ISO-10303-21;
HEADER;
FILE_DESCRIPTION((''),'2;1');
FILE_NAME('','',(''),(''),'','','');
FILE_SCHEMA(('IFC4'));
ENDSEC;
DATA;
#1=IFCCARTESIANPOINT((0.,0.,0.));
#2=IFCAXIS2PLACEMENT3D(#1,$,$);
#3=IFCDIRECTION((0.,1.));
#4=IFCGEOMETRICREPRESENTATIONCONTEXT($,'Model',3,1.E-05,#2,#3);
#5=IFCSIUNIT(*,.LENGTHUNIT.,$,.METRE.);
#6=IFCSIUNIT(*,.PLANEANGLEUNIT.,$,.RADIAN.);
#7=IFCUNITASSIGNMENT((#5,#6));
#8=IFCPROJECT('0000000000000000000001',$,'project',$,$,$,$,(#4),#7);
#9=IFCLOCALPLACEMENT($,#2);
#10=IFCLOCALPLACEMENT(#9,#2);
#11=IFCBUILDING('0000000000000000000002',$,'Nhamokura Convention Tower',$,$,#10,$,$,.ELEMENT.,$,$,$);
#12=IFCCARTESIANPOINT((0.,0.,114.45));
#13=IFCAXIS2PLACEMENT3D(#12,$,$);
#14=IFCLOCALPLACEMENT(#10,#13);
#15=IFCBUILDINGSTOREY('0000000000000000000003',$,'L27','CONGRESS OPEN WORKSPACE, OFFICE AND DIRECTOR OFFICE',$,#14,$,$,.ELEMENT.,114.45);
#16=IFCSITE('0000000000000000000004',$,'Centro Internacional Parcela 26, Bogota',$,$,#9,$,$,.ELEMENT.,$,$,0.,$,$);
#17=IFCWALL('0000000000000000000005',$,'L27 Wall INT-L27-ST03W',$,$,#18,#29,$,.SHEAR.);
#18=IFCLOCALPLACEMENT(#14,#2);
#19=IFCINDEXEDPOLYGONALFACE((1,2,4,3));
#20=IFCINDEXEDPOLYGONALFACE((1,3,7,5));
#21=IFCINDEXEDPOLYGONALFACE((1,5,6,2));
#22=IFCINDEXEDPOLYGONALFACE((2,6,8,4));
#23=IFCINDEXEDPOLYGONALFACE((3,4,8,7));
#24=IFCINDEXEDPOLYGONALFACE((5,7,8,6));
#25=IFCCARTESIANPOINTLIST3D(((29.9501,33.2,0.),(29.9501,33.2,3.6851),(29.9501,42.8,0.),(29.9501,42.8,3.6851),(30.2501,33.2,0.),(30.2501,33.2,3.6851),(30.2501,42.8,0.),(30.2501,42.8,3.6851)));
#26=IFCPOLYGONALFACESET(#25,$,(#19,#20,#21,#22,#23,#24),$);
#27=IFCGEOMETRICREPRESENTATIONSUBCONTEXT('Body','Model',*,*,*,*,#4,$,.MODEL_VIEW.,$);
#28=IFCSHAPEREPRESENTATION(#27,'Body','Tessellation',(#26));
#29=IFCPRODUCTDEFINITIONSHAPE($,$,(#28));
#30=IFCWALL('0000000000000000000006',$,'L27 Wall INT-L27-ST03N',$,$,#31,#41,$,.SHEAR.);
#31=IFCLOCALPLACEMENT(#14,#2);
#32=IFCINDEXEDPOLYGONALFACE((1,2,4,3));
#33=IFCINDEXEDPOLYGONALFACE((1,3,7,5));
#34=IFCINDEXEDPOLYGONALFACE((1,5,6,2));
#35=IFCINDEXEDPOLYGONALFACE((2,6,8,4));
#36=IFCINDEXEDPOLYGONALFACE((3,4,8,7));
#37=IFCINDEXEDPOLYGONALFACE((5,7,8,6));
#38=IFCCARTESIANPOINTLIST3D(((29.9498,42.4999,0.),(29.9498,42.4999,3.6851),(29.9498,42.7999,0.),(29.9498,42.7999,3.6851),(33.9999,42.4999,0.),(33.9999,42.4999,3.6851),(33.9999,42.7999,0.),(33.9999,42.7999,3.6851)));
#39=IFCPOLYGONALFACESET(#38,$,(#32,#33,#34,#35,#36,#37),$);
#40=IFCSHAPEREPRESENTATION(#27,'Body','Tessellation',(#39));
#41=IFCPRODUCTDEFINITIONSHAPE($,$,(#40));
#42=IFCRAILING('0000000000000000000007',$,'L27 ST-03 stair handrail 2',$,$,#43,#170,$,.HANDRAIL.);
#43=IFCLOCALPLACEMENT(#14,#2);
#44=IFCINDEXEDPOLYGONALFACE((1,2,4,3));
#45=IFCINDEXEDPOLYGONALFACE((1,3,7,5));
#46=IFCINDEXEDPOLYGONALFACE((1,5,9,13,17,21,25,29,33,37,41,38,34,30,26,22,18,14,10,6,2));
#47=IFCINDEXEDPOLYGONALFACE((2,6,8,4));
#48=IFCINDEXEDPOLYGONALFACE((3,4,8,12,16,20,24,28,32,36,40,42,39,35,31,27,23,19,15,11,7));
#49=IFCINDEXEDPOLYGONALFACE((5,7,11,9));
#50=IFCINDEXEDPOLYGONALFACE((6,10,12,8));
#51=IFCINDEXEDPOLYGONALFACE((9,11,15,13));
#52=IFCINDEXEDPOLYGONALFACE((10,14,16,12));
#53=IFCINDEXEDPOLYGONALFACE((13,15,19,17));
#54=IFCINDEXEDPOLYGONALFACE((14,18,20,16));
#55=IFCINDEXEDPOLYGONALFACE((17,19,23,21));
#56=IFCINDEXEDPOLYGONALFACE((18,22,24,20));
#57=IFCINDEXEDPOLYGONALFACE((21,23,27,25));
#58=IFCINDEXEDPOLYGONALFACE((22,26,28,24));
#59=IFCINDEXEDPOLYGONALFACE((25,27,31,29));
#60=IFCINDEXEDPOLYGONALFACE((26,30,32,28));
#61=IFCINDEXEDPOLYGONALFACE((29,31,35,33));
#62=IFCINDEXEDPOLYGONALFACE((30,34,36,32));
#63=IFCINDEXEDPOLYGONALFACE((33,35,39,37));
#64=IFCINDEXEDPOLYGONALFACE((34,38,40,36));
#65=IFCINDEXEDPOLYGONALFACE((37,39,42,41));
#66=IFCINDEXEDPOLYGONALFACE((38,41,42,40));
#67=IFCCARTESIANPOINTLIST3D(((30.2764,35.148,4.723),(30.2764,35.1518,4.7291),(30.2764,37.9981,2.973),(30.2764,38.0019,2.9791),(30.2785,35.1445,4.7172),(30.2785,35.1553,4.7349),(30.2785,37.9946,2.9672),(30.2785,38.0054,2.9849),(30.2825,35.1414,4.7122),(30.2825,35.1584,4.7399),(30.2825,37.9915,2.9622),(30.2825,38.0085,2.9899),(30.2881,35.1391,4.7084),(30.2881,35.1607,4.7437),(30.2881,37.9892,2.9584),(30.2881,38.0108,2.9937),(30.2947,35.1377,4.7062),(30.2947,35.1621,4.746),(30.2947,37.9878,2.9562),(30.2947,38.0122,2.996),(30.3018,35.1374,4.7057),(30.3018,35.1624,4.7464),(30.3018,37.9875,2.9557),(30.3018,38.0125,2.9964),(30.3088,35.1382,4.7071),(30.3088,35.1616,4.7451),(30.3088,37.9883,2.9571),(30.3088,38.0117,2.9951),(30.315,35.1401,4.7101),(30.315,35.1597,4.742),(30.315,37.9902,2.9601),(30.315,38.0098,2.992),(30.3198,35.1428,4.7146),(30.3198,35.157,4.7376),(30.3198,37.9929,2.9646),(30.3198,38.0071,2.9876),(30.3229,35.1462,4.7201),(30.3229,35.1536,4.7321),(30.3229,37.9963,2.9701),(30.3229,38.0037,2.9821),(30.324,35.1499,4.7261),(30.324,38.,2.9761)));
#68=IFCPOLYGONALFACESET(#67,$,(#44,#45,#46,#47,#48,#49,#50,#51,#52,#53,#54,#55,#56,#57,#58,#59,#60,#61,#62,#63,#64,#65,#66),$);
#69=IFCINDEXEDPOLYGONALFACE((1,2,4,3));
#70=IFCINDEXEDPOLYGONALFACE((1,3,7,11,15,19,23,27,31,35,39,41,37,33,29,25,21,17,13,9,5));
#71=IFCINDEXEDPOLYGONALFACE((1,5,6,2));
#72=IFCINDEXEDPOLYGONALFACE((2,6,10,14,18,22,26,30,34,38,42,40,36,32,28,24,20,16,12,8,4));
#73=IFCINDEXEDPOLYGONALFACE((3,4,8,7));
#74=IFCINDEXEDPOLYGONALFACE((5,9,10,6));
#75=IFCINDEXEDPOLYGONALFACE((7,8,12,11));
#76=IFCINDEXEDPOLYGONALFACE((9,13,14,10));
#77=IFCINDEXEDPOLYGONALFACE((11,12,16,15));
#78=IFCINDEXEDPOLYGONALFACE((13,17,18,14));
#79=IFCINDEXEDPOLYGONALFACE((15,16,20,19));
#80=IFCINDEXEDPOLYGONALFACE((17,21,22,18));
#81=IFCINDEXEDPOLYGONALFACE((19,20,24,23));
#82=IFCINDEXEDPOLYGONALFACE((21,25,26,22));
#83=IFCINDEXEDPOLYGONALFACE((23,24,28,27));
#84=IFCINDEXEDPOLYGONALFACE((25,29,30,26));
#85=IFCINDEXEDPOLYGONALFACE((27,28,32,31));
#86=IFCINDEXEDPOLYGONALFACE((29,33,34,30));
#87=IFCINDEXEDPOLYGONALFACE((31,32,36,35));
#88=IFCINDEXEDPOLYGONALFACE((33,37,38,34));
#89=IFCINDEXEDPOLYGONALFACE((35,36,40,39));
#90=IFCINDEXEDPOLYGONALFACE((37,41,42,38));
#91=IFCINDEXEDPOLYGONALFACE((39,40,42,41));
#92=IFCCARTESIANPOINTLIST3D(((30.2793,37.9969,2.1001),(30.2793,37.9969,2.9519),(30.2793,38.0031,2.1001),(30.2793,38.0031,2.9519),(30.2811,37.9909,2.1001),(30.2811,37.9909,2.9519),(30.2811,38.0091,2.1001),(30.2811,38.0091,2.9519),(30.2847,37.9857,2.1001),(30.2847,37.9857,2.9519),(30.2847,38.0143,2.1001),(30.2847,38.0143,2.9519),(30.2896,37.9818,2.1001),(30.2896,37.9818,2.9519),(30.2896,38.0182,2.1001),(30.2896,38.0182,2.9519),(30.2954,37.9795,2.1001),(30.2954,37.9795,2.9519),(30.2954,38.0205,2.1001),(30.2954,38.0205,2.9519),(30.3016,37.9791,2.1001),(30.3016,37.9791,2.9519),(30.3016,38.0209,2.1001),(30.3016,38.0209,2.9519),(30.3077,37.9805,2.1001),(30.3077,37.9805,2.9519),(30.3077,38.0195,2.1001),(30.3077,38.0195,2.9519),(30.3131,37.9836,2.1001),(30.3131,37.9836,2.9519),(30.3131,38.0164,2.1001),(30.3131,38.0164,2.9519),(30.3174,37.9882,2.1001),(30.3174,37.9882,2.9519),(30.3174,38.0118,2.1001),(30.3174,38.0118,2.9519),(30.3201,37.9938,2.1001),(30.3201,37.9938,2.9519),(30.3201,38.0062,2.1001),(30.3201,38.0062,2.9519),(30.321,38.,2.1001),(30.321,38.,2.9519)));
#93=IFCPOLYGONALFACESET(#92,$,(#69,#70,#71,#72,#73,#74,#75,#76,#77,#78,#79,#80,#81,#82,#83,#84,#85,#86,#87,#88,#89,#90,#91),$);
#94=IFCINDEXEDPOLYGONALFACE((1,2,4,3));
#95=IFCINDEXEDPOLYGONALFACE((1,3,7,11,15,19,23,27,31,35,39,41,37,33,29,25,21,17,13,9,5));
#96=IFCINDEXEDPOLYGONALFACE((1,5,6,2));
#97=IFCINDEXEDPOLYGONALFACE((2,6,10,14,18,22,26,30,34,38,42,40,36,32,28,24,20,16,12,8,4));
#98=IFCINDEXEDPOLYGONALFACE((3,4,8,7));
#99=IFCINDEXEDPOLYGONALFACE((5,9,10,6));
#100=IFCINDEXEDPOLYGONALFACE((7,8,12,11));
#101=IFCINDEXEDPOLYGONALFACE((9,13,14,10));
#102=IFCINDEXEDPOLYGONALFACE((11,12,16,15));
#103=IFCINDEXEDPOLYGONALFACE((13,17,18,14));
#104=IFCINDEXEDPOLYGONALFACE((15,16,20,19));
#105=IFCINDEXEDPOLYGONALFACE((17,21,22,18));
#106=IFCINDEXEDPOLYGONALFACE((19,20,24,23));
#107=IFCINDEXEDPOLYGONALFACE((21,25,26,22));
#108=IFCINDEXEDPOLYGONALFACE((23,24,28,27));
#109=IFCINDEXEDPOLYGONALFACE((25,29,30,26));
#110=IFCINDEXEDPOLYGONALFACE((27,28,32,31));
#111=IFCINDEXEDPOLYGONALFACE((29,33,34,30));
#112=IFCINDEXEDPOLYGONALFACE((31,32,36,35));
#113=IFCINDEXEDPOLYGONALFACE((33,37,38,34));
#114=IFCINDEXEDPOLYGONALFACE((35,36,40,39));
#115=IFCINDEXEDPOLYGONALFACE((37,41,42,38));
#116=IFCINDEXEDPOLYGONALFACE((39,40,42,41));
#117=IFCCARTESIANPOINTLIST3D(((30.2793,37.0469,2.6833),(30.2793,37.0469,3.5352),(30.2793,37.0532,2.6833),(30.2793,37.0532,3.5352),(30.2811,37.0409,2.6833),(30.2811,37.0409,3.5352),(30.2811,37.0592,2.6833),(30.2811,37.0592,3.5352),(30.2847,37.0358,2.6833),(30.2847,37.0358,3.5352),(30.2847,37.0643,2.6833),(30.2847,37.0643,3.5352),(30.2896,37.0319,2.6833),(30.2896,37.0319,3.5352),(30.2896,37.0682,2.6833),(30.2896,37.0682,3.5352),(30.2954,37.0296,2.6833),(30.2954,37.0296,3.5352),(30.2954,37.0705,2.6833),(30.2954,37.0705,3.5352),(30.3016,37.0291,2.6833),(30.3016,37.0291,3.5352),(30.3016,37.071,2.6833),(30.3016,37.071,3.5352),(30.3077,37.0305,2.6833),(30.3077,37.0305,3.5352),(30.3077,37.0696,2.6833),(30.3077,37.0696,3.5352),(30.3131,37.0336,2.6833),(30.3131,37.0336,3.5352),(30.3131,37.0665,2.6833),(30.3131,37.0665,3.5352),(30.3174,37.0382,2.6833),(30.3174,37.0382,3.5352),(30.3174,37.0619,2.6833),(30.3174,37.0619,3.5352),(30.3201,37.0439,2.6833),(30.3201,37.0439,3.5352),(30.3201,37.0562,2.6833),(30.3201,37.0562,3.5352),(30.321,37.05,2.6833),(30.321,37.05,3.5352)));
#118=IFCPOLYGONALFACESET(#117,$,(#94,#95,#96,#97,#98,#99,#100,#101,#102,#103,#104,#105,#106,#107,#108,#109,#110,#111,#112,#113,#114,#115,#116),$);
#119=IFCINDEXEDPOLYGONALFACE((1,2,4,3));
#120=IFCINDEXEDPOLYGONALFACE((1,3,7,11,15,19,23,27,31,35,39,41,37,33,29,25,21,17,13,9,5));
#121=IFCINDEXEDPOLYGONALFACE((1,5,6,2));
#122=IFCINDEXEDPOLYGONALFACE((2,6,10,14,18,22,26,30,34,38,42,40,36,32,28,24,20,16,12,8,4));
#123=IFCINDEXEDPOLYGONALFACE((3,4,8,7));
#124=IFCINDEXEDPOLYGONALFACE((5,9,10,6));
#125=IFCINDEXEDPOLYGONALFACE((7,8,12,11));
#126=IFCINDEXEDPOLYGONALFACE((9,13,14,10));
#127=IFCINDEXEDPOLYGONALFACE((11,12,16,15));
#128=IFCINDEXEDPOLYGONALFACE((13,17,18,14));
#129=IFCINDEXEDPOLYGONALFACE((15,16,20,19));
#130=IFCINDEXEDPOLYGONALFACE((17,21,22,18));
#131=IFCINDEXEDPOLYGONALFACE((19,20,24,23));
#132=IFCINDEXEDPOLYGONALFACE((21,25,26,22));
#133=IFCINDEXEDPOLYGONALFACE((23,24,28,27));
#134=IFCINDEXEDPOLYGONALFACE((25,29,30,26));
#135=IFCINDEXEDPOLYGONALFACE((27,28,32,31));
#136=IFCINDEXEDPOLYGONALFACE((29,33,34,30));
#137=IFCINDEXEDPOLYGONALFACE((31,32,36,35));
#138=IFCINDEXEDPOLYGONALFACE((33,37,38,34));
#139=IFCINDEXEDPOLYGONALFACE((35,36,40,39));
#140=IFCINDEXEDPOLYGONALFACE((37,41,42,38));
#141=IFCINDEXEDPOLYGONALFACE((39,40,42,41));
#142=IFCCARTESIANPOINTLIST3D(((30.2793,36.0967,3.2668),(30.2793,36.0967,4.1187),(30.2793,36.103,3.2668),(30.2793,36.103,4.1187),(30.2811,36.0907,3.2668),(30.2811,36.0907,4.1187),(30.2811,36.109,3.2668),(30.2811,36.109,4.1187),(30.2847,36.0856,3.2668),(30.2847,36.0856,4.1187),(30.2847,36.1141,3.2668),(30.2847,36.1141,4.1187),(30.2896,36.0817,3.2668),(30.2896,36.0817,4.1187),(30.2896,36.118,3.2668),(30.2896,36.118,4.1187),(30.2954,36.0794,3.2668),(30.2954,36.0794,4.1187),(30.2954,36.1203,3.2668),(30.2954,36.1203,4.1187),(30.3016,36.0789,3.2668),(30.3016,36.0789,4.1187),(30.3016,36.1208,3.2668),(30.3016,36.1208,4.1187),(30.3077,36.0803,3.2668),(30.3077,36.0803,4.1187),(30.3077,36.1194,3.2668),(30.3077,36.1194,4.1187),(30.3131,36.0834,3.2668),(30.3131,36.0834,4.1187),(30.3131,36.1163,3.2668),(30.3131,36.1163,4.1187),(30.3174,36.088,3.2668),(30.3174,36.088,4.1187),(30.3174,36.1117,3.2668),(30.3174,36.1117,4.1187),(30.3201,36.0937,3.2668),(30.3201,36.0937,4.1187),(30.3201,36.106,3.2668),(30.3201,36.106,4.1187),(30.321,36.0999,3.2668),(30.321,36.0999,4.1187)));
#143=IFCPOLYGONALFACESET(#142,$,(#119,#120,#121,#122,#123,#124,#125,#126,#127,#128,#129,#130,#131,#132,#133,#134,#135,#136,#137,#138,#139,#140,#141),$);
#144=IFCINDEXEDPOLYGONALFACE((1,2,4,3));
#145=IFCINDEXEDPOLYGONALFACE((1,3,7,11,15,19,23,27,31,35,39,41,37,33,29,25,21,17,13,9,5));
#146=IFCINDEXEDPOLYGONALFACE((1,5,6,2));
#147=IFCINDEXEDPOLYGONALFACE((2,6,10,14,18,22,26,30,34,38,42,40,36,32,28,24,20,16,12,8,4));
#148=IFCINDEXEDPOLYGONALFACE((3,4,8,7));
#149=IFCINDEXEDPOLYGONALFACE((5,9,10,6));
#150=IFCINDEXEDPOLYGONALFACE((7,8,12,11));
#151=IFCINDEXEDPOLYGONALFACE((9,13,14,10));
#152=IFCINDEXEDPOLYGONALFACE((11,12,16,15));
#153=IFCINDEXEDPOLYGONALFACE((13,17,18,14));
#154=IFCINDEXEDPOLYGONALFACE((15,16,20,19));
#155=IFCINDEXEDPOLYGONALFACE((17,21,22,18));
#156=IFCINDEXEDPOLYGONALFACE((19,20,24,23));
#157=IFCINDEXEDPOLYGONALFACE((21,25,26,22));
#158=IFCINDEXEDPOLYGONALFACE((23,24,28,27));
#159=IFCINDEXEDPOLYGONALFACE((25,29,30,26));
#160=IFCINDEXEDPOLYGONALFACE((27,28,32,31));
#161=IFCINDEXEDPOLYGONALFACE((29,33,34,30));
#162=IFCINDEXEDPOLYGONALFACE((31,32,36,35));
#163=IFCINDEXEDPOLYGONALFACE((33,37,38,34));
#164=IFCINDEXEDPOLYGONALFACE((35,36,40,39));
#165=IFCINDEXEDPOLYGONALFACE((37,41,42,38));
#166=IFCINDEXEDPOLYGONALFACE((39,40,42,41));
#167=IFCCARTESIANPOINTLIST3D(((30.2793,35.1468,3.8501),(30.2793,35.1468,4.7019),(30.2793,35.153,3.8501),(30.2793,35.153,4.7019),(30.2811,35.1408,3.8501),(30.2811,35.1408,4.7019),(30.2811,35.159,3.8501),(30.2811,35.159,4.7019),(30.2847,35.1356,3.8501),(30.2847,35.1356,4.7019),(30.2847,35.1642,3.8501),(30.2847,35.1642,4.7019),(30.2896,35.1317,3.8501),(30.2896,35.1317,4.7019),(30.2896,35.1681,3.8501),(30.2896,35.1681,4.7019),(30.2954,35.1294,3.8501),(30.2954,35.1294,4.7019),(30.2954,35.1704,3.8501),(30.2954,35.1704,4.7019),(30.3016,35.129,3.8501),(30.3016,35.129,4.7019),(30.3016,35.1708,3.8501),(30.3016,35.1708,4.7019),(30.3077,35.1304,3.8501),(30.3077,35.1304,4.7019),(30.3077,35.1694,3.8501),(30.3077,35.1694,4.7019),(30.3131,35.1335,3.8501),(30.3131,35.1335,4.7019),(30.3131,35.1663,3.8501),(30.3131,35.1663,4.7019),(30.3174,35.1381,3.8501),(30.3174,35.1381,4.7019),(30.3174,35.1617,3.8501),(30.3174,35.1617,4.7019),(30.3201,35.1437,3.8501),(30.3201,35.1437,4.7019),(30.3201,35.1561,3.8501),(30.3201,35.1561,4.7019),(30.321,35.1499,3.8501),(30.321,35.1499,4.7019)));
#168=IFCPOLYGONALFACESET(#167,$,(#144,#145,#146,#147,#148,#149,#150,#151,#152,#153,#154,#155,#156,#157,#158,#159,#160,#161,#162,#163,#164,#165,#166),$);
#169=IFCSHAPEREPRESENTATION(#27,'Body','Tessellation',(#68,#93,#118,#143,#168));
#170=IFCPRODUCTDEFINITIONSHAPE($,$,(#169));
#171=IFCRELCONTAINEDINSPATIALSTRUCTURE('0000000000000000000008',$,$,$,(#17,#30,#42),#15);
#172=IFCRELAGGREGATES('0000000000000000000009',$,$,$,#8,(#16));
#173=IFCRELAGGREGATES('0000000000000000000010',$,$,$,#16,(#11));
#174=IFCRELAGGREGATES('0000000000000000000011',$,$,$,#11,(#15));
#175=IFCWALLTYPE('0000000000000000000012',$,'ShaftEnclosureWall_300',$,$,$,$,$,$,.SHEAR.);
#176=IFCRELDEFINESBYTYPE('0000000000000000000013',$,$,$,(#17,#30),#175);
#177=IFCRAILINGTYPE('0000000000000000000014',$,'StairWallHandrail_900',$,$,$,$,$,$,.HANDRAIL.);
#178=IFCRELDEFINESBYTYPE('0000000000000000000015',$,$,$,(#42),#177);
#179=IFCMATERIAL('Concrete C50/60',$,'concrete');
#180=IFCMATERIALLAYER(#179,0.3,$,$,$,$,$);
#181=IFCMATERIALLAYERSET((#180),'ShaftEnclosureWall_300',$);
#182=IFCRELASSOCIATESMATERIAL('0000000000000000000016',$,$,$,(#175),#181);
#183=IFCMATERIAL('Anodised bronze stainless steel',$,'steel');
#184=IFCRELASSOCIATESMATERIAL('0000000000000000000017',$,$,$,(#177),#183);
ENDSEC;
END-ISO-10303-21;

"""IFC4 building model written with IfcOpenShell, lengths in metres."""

from ifc_helpers import new_model, si_unit, direction, frame, frame_2d, origin, origin_2d, place, context, subcontext, project, spatial, rectangle, circle, extrude, material, layer, layer_set, type_object, element, save


model = new_model("IFC4")

# Units and contexts
model_context = context("Model", 3, precision=1e-05, world=origin(), true_north=direction((0.0, 1.0)))
body_context = subcontext(model_context, "Body", "Model", "MODEL_VIEW")
ifc_project = project(units=[si_unit("LENGTHUNIT", "METRE"), si_unit("PLANEANGLEUNIT", "RADIAN")], contexts=[model_context])

# Site, building, storey
site_placement = place(None, origin())
site = spatial("IfcSite", under=ifc_project, at=site_placement, Name="Centro Internacional Parcela 26, Bogota", CompositionType="ELEMENT", RefElevation=0.0)
building_placement = place(site_placement, origin())
building = spatial("IfcBuilding", under=site, at=building_placement, Name="Nhamokura Convention Tower", CompositionType="ELEMENT")
storey_placement = place(building_placement, frame((0.0, 0.0, 114.45)))
storey = spatial("IfcBuildingStorey", under=building, at=storey_placement, Name="L27", Description="CONGRESS OPEN WORKSPACE, OFFICE AND DIRECTOR OFFICE", CompositionType="ELEMENT", Elevation=114.45)

# Wall
ifc_material_1 = material(Name="Concrete C50/60", Category="concrete")
ifc_layer_1 = layer(ifc_material_1, 0.3)
ifc_layer_set_1 = layer_set([ifc_layer_1], Name="ShaftEnclosureWall_300")
wall_type_1 = type_object("IfcWallType", Name="ShaftEnclosureWall_300", PredefinedType="SHEAR", material=ifc_layer_set_1)
wall_1_placement = place(storey_placement, frame((30.1001, 33.2, 0.0), z_axis=(0.0, 0.0, 1.0), x_axis=(0.0, 1.0, 0.0)))
element("IfcWall", 1, at=wall_1_placement, inside=storey, type_object=wall_type_1, Name="L27 Wall INT-L27-ST03W", PredefinedType="SHEAR", context=body_context, shape_type="SweptSolid", body=[
    extrude(rectangle(XDim=9.6001, YDim=0.3, at=frame_2d((4.8, 0.0))), origin(), (0.0, 0.0, 1.0), 3.6851),
])

# Wall
wall_2_placement = place(storey_placement, frame((29.95, 42.6499, 0.0), z_axis=(0.0, 0.0, 1.0), x_axis=(1.0, 0.0, 0.0)))
element("IfcWall", 2, at=wall_2_placement, inside=storey, type_object=wall_type_1, Name="L27 Wall INT-L27-ST03N", PredefinedType="SHEAR", context=body_context, shape_type="SweptSolid", body=[
    extrude(rectangle(XDim=4.05, YDim=0.3, at=frame_2d((2.0249, 0.0))), origin(), (0.0, 0.0, 1.0), 3.6851),
])

# Railing
ifc_material_2 = material(Name="Anodised bronze stainless steel", Category="steel")
railing_type = type_object("IfcRailingType", Name="StairWallHandrail_900", PredefinedType="HANDRAIL", material=ifc_material_2)
railing_placement = place(storey_placement, frame((30.3, 38.0, 2.1001)))
element("IfcRailing", 3, at=railing_placement, inside=storey, type_object=railing_type, Name="L27 ST-03 stair handrail 2", PredefinedType="HANDRAIL", context=body_context, shape_type="SweptSolid", body=[
    extrude(circle(Radius=0.0239, at=origin_2d()), frame((0.0, 0.0, 0.876), z_axis=(0.0, -0.852179, 0.52325), x_axis=(1.0, 0.0, 0.0)), (0.0, 0.0, 1.0), 3.3445),
    extrude(circle(Radius=0.021, at=origin_2d()), origin(), (0.0, 0.0, 1.0), 0.8518),
    extrude(circle(Radius=0.021, at=origin_2d()), frame((0.0, -0.95, 0.5833)), (0.0, 0.0, 1.0), 0.8518),
    extrude(circle(Radius=0.021, at=origin_2d()), frame((0.0, -1.9001, 1.1667)), (0.0, 0.0, 1.0), 0.8518),
    extrude(circle(Radius=0.021, at=origin_2d()), frame((0.0, -2.8501, 1.75)), (0.0, 0.0, 1.0), 0.8518),
])

save(model, "model.ifc")
